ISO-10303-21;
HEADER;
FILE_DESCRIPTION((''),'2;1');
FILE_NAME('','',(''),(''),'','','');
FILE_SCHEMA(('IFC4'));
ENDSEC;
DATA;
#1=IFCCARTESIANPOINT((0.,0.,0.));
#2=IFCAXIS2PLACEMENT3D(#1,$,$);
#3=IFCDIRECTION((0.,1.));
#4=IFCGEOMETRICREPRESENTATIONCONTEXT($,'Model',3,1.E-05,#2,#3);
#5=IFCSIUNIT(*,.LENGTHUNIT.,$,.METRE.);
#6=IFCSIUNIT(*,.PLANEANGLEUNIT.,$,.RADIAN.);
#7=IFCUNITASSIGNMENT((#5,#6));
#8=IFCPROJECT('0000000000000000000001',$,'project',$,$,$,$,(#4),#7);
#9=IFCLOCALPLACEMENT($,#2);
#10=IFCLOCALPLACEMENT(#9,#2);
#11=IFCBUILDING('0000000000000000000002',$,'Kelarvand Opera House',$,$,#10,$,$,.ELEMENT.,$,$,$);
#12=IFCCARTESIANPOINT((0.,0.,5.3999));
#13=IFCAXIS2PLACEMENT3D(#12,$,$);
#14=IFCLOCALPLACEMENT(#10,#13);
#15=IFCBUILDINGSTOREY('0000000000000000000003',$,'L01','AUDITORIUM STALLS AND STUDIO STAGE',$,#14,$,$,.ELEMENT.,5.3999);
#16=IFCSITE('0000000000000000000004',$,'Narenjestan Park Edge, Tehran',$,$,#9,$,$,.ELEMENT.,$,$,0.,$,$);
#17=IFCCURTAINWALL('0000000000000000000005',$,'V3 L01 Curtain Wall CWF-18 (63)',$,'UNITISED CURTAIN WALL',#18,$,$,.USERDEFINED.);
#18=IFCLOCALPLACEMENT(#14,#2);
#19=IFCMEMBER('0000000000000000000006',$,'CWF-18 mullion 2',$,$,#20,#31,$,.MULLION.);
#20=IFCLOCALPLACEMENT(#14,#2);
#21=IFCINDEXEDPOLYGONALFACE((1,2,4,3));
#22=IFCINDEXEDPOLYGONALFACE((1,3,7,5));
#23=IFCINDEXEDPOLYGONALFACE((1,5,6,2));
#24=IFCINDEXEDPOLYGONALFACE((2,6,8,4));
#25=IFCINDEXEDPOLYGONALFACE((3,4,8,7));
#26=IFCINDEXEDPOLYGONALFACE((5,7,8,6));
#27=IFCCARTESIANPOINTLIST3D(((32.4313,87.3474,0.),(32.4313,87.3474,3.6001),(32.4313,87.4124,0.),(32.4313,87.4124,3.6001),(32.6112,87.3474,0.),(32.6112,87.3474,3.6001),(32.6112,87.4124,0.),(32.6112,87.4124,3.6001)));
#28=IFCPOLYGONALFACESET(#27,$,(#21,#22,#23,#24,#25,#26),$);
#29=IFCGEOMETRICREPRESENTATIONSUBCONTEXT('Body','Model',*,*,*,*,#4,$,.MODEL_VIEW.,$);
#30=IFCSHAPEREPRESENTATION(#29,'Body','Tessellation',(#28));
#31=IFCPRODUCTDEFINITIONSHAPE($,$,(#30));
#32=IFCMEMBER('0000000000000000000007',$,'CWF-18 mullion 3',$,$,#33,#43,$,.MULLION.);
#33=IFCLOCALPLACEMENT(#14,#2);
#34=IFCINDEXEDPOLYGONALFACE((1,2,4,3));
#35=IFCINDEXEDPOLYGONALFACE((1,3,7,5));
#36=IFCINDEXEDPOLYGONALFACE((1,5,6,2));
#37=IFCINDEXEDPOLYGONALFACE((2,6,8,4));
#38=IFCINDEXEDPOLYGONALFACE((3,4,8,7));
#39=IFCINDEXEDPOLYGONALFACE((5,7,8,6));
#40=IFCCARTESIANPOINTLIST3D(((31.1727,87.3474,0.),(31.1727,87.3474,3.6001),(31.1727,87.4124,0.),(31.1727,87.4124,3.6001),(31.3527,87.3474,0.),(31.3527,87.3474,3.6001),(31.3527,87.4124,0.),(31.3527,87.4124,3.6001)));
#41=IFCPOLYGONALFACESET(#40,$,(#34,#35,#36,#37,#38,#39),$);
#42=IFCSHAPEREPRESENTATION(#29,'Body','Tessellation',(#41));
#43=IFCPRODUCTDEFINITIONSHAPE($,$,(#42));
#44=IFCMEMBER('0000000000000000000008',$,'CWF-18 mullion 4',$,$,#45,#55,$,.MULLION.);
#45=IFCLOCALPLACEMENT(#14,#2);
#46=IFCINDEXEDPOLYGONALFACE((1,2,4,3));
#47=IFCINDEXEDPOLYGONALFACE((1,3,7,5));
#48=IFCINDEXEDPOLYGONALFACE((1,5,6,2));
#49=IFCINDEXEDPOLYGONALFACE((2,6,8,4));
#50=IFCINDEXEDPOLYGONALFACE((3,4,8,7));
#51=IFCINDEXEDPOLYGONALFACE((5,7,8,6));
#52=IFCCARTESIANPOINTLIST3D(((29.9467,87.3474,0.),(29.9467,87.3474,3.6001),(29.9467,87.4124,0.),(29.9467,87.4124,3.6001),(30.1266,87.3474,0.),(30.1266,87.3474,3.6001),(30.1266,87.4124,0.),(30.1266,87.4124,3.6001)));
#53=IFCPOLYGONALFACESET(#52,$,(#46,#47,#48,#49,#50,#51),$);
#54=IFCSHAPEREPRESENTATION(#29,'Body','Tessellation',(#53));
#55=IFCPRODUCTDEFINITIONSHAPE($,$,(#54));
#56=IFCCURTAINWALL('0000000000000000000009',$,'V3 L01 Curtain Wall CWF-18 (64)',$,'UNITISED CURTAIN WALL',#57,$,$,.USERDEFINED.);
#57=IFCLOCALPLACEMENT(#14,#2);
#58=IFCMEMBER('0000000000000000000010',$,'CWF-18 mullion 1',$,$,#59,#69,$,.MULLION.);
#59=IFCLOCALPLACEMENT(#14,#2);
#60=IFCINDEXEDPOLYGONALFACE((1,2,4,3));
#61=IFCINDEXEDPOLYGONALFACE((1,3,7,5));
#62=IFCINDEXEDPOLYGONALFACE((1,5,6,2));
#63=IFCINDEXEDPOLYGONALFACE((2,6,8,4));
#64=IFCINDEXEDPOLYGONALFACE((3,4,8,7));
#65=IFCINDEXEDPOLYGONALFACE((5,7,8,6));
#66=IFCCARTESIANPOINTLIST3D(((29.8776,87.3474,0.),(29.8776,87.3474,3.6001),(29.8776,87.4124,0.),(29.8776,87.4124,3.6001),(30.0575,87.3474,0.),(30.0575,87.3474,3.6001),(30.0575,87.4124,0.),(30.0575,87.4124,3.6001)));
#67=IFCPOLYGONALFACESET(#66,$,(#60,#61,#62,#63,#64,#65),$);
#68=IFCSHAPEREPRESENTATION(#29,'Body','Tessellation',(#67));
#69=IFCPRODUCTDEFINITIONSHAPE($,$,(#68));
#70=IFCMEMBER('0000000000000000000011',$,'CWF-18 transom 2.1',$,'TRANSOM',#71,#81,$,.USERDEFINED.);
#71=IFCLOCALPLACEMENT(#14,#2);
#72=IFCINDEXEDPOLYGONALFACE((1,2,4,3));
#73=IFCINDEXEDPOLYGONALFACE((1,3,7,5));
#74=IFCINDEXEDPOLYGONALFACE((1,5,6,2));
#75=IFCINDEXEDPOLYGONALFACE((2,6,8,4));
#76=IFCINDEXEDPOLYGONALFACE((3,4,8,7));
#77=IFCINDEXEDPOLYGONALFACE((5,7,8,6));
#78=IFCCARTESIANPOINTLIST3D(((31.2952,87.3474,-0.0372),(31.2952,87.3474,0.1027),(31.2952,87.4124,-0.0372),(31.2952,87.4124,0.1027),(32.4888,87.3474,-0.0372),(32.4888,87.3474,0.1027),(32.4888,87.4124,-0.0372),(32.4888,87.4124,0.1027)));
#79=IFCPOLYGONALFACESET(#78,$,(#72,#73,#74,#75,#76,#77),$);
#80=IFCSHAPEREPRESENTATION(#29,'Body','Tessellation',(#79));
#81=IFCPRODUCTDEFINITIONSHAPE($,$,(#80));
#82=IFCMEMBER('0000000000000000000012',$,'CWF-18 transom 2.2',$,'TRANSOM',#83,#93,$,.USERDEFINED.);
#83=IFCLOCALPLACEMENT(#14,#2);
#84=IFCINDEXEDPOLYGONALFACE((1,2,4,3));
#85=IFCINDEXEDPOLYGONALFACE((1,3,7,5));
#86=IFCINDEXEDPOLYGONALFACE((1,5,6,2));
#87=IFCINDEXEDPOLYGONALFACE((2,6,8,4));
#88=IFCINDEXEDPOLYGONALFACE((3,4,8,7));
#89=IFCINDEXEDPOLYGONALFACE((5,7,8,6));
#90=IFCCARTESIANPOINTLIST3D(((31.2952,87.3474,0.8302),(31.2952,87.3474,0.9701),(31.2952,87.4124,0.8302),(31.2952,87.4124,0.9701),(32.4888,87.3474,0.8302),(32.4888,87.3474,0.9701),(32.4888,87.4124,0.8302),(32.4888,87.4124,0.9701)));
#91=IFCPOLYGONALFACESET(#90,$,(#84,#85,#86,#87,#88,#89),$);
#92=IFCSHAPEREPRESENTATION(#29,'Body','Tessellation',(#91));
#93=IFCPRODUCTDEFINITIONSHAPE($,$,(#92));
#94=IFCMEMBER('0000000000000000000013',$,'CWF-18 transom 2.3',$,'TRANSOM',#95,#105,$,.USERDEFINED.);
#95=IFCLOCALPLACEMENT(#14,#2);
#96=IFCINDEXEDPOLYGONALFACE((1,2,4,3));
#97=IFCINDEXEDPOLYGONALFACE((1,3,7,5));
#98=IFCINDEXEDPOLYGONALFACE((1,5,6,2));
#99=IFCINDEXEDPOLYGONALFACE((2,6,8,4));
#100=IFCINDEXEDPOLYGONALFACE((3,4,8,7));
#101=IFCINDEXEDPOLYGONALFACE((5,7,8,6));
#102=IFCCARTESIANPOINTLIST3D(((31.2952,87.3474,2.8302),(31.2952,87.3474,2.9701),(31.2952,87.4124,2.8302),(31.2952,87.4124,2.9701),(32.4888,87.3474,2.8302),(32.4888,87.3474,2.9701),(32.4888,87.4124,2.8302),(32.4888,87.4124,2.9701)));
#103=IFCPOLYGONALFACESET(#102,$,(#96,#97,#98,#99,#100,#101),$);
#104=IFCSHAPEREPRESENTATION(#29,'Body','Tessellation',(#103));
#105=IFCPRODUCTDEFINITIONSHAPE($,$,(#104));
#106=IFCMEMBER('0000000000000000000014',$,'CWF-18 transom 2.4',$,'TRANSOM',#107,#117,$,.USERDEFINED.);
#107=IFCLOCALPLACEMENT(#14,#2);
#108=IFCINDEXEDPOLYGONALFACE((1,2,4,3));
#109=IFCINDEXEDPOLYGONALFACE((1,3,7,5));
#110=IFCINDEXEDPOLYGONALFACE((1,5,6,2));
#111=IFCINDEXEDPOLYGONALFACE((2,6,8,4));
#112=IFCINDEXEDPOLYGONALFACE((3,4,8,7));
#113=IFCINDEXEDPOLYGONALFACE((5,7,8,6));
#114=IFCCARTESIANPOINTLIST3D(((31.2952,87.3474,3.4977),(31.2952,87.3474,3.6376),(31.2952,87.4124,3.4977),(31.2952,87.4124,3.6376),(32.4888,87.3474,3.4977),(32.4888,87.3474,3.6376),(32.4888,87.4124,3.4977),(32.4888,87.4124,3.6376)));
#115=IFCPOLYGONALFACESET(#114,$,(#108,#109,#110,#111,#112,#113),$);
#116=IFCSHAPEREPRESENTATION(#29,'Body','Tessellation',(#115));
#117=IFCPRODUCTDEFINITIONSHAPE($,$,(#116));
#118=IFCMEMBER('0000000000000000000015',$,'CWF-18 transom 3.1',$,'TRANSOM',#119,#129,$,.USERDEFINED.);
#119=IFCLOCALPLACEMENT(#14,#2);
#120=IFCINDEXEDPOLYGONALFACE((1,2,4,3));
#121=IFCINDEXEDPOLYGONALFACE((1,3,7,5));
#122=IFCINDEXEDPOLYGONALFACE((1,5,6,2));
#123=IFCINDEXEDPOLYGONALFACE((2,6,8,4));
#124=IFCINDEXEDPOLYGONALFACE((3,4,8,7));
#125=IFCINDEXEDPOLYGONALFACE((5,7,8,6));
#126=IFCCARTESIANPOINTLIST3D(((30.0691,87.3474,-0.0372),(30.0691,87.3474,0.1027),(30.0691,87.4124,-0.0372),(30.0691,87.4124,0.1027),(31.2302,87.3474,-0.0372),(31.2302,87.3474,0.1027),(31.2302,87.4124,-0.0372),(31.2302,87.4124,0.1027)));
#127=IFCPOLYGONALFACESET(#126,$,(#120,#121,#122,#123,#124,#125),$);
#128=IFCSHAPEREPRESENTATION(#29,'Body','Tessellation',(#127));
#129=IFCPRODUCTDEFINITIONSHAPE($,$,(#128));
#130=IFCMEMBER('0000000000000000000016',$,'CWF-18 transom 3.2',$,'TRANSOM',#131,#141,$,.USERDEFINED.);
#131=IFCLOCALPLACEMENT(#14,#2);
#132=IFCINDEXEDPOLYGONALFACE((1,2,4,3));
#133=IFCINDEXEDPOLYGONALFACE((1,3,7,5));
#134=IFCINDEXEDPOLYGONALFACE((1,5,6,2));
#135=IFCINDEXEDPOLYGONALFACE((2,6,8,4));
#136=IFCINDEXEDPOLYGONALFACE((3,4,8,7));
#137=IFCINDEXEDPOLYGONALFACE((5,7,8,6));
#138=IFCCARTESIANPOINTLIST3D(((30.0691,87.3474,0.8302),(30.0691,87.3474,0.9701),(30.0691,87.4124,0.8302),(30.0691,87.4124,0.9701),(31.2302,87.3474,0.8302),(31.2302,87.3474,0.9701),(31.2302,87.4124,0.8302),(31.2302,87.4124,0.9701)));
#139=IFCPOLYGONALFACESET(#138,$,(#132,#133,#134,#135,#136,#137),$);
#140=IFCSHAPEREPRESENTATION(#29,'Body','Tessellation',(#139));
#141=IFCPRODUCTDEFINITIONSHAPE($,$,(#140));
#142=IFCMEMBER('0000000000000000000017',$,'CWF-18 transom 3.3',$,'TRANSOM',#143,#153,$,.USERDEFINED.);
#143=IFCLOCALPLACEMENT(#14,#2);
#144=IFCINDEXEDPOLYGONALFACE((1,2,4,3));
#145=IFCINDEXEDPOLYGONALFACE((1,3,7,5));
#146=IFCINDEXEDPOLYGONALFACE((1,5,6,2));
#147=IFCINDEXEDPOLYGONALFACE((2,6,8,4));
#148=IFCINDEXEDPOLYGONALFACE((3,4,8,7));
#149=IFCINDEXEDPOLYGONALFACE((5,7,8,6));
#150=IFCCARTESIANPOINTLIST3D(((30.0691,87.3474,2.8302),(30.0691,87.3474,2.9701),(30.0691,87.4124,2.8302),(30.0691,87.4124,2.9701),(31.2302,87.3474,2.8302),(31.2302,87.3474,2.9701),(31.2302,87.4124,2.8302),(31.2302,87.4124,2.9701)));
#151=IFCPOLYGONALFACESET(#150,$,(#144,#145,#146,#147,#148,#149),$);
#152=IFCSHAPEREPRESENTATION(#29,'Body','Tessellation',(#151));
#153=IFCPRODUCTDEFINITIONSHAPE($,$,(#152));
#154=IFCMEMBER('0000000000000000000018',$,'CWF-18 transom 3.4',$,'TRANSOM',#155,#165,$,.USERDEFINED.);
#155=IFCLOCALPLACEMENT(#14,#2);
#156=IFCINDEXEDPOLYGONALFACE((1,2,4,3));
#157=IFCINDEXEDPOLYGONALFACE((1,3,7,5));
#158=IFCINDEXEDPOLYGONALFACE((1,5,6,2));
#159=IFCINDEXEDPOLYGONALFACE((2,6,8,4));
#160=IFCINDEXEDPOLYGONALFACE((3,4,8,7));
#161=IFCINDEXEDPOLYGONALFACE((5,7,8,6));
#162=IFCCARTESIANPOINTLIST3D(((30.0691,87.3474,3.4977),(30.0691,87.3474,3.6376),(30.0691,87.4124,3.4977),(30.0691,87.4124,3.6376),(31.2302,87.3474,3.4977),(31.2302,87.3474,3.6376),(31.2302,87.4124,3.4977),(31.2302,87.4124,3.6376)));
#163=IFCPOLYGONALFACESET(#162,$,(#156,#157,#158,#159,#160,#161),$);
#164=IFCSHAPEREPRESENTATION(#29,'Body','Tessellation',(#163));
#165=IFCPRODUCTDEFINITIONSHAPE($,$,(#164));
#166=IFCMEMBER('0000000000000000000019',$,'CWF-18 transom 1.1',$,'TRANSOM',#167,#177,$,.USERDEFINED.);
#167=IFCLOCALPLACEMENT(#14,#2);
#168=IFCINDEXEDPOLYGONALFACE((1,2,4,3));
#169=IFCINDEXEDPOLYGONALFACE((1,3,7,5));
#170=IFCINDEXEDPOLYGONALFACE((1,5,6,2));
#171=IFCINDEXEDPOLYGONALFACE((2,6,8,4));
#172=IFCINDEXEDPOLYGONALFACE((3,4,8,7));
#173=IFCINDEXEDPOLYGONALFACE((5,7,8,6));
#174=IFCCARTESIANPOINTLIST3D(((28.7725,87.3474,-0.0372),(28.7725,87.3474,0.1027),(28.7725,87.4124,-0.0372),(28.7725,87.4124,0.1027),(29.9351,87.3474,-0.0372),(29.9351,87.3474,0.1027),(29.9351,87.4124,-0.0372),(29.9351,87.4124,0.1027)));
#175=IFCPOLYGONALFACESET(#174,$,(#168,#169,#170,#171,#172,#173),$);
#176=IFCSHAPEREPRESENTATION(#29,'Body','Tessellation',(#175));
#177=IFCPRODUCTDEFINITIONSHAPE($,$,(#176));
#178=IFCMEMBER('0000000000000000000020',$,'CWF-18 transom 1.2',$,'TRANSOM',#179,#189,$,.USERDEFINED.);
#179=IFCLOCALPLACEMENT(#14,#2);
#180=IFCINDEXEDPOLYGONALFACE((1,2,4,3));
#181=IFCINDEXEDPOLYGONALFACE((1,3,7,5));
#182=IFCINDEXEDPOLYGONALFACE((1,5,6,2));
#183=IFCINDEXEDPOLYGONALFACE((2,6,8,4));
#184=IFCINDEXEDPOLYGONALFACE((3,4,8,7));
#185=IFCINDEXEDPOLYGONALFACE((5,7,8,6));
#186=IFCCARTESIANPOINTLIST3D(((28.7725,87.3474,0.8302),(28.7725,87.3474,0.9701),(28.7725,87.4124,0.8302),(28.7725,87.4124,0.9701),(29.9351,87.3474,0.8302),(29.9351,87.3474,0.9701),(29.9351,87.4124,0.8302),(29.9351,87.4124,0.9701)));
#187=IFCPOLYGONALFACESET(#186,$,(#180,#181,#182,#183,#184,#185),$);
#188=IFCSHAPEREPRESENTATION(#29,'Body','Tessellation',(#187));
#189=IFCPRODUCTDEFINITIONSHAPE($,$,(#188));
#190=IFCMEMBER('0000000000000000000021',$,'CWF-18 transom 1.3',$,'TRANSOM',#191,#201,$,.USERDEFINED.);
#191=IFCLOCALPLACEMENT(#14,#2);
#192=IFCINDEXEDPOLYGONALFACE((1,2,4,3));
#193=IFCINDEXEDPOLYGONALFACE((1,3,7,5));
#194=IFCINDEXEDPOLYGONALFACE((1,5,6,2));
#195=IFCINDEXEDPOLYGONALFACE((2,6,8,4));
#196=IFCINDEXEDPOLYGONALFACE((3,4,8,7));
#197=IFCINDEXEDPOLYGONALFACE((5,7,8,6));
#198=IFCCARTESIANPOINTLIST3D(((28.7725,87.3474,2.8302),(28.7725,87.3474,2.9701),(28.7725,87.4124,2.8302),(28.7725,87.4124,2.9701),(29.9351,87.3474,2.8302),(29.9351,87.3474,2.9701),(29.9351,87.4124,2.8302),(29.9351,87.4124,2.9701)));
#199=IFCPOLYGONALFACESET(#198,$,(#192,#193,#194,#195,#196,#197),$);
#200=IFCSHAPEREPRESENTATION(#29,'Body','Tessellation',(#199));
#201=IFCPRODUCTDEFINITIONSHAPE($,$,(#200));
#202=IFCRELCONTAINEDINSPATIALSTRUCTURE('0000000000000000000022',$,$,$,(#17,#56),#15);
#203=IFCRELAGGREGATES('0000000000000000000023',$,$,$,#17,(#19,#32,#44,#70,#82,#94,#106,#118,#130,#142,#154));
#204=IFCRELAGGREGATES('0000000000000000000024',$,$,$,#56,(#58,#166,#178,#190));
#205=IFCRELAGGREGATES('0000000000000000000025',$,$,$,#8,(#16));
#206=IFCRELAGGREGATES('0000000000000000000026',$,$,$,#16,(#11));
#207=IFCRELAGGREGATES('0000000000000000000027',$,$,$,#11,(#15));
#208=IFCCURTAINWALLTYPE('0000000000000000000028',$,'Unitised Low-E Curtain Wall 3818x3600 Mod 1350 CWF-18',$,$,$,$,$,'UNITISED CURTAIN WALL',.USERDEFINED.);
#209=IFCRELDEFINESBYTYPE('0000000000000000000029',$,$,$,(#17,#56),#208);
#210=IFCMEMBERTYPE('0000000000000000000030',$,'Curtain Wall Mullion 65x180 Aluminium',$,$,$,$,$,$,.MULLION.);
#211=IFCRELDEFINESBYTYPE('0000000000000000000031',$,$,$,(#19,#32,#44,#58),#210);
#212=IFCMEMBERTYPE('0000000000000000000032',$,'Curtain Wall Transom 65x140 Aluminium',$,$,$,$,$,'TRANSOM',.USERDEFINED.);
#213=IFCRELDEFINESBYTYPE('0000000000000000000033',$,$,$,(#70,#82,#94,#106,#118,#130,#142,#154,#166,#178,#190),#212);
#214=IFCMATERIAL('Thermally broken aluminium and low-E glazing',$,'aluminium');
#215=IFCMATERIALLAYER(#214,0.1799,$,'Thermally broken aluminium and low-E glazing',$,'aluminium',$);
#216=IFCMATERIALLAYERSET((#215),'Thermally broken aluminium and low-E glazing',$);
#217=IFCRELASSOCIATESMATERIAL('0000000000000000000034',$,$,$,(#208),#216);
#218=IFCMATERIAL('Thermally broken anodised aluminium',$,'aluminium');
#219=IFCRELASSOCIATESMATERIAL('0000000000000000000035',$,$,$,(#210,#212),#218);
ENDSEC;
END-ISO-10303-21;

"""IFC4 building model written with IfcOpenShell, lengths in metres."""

from ifc_helpers import new_model, si_unit, direction, frame, origin, origin_2d, place, context, subcontext, project, spatial, rectangle, extrude, material, layer, layer_set, material_profile, profile_set, type_object, element, aggregate, save


model = new_model("IFC4")

# Units and contexts
model_context = context("Model", 3, precision=1e-05, world=origin(), true_north=direction((0.0, 1.0)))
body_context = subcontext(model_context, "Body", "Model", "MODEL_VIEW")
ifc_project = project(units=[si_unit("LENGTHUNIT", "METRE"), si_unit("PLANEANGLEUNIT", "RADIAN")], contexts=[model_context])

# Site, building, storey
site_placement = place(None, origin())
site = spatial("IfcSite", under=ifc_project, at=site_placement, Name="Narenjestan Park Edge, Tehran", CompositionType="ELEMENT", RefElevation=0.0)
building_placement = place(site_placement, origin())
building = spatial("IfcBuilding", under=site, at=building_placement, Name="Kelarvand Opera House", CompositionType="ELEMENT")
storey_placement = place(building_placement, frame((0.0, 0.0, 5.3999)))
storey = spatial("IfcBuildingStorey", under=building, at=storey_placement, Name="L01", Description="AUDITORIUM STALLS AND STUDIO STAGE", CompositionType="ELEMENT", Elevation=5.3999)

# Curtain wall, members
ifc_material_1 = material(Name="Thermally broken aluminium and low-E glazing", Category="aluminium")
ifc_layer_1 = layer(ifc_material_1, 0.1799, Name="Thermally broken aluminium and low-E glazing", Category="aluminium")
ifc_layer_set_1 = layer_set([ifc_layer_1], Name="Thermally broken aluminium and low-E glazing")
curtain_wall_type = type_object("IfcCurtainWallType", Name="Unitised Low-E Curtain Wall 3818x3600 Mod 1350 CWF-18", ElementType="UNITISED CURTAIN WALL", PredefinedType="USERDEFINED", material=ifc_layer_set_1)
curtain_wall_1_placement = place(storey_placement, origin())
curtain_wall_1 = element("IfcCurtainWall", 1, at=curtain_wall_1_placement, inside=storey, type_object=curtain_wall_type, Name="V3 L01 Curtain Wall CWF-18 (63)", ObjectType="UNITISED CURTAIN WALL", PredefinedType="USERDEFINED")
ifc_material_2 = material(Name="Thermally broken anodised aluminium", Category="aluminium")
ifc_material_profile_1 = material_profile(ifc_material_2, rectangle(XDim=0.0649, YDim=0.1799, at=origin_2d()), Name="ALU MULLION 65x180", Category="aluminium")
ifc_profile_set_1 = profile_set([ifc_material_profile_1], Name="Thermally broken anodised aluminium")
member_type_1 = type_object("IfcMemberType", Name="Curtain Wall Mullion 65x180 Aluminium", PredefinedType="MULLION", material=ifc_profile_set_1)
member_1_placement = place(storey_placement, frame((32.5212, 87.3799, 0.0), z_axis=(0.0, 0.0, 1.0), x_axis=(0.0, -1.0, 0.0)))
member_1 = element("IfcMember", 2, at=member_1_placement, type_object=member_type_1, Name="CWF-18 mullion 2", PredefinedType="MULLION", context=body_context, shape_type="SweptSolid", body=[
    extrude(rectangle(XDim=0.0649, YDim=0.1799, at=origin_2d()), origin(), (0.0, 0.0, 1.0), 3.6001),
])
member_2_placement = place(storey_placement, frame((31.2627, 87.3799, 0.0), z_axis=(0.0, 0.0, 1.0), x_axis=(0.0, -1.0, 0.0)))
member_2 = element("IfcMember", 3, at=member_2_placement, type_object=member_type_1, Name="CWF-18 mullion 3", PredefinedType="MULLION", context=body_context, shape_type="SweptSolid", body=[
    extrude(rectangle(XDim=0.0649, YDim=0.1799, at=origin_2d()), origin(), (0.0, 0.0, 1.0), 3.6001),
])
member_3_placement = place(storey_placement, frame((30.0366, 87.3799, 0.0), z_axis=(0.0, 0.0, 1.0), x_axis=(0.0, -1.0, 0.0)))
member_3 = element("IfcMember", 4, at=member_3_placement, type_object=member_type_1, Name="CWF-18 mullion 4", PredefinedType="MULLION", context=body_context, shape_type="SweptSolid", body=[
    extrude(rectangle(XDim=0.0649, YDim=0.1799, at=origin_2d()), origin(), (0.0, 0.0, 1.0), 3.6001),
])

# Curtain wall, member
curtain_wall_2_placement = place(storey_placement, origin())
curtain_wall_2 = element("IfcCurtainWall", 5, at=curtain_wall_2_placement, inside=storey, type_object=curtain_wall_type, Name="V3 L01 Curtain Wall CWF-18 (64)", ObjectType="UNITISED CURTAIN WALL", PredefinedType="USERDEFINED")
member_4_placement = place(storey_placement, frame((29.9675, 87.3799, 0.0), z_axis=(0.0, 0.0, 1.0), x_axis=(0.0, -1.0, 0.0)))
member_4 = element("IfcMember", 6, at=member_4_placement, type_object=member_type_1, Name="CWF-18 mullion 1", PredefinedType="MULLION", context=body_context, shape_type="SweptSolid", body=[
    extrude(rectangle(XDim=0.0649, YDim=0.1799, at=origin_2d()), origin(), (0.0, 0.0, 1.0), 3.6001),
])

# Members
ifc_material_profile_2 = material_profile(ifc_material_2, rectangle(XDim=0.0649, YDim=0.1399, at=origin_2d()), Name="ALU TRANSOM 65x140", Category="aluminium")
ifc_profile_set_2 = profile_set([ifc_material_profile_2], Name="Thermally broken anodised aluminium")
member_type_2 = type_object("IfcMemberType", Name="Curtain Wall Transom 65x140 Aluminium", ElementType="TRANSOM", PredefinedType="USERDEFINED", material=ifc_profile_set_2)
member_5_placement = place(storey_placement, frame((32.4888, 87.3799, 0.0327), z_axis=(-1.0, 0.0, 0.0), x_axis=(0.0, -1.0, 0.0)))
member_5 = element("IfcMember", 7, at=member_5_placement, type_object=member_type_2, Name="CWF-18 transom 2.1", ObjectType="TRANSOM", PredefinedType="USERDEFINED", context=body_context, shape_type="SweptSolid", body=[
    extrude(rectangle(XDim=0.0649, YDim=0.1399, at=origin_2d()), origin(), (0.0, 0.0, 1.0), 1.1936),
])
member_6_placement = place(storey_placement, frame((32.4888, 87.3799, 0.9001), z_axis=(-1.0, 0.0, 0.0), x_axis=(0.0, -1.0, 0.0)))
member_6 = element("IfcMember", 8, at=member_6_placement, type_object=member_type_2, Name="CWF-18 transom 2.2", ObjectType="TRANSOM", PredefinedType="USERDEFINED", context=body_context, shape_type="SweptSolid", body=[
    extrude(rectangle(XDim=0.0649, YDim=0.1399, at=origin_2d()), origin(), (0.0, 0.0, 1.0), 1.1936),
])
member_7_placement = place(storey_placement, frame((32.4888, 87.3799, 2.9001), z_axis=(-1.0, 0.0, 0.0), x_axis=(0.0, -1.0, 0.0)))
member_7 = element("IfcMember", 9, at=member_7_placement, type_object=member_type_2, Name="CWF-18 transom 2.3", ObjectType="TRANSOM", PredefinedType="USERDEFINED", context=body_context, shape_type="SweptSolid", body=[
    extrude(rectangle(XDim=0.0649, YDim=0.1399, at=origin_2d()), origin(), (0.0, 0.0, 1.0), 1.1936),
])
member_8_placement = place(storey_placement, frame((32.4888, 87.3799, 3.5676), z_axis=(-1.0, 0.0, 0.0), x_axis=(0.0, -1.0, 0.0)))
member_8 = element("IfcMember", 10, at=member_8_placement, type_object=member_type_2, Name="CWF-18 transom 2.4", ObjectType="TRANSOM", PredefinedType="USERDEFINED", context=body_context, shape_type="SweptSolid", body=[
    extrude(rectangle(XDim=0.0649, YDim=0.1399, at=origin_2d()), origin(), (0.0, 0.0, 1.0), 1.1936),
])
member_9_placement = place(storey_placement, frame((31.2302, 87.3799, 0.0327), z_axis=(-1.0, 0.0, 0.0), x_axis=(0.0, -1.0, 0.0)))
member_9 = element("IfcMember", 11, at=member_9_placement, type_object=member_type_2, Name="CWF-18 transom 3.1", ObjectType="TRANSOM", PredefinedType="USERDEFINED", context=body_context, shape_type="SweptSolid", body=[
    extrude(rectangle(XDim=0.0649, YDim=0.1399, at=origin_2d()), origin(), (0.0, 0.0, 1.0), 1.1611),
])
member_10_placement = place(storey_placement, frame((31.2302, 87.3799, 0.9001), z_axis=(-1.0, 0.0, 0.0), x_axis=(0.0, -1.0, 0.0)))
member_10 = element("IfcMember", 12, at=member_10_placement, type_object=member_type_2, Name="CWF-18 transom 3.2", ObjectType="TRANSOM", PredefinedType="USERDEFINED", context=body_context, shape_type="SweptSolid", body=[
    extrude(rectangle(XDim=0.0649, YDim=0.1399, at=origin_2d()), origin(), (0.0, 0.0, 1.0), 1.1611),
])
member_11_placement = place(storey_placement, frame((31.2302, 87.3799, 2.9001), z_axis=(-1.0, 0.0, 0.0), x_axis=(0.0, -1.0, 0.0)))
member_11 = element("IfcMember", 13, at=member_11_placement, type_object=member_type_2, Name="CWF-18 transom 3.3", ObjectType="TRANSOM", PredefinedType="USERDEFINED", context=body_context, shape_type="SweptSolid", body=[
    extrude(rectangle(XDim=0.0649, YDim=0.1399, at=origin_2d()), origin(), (0.0, 0.0, 1.0), 1.1611),
])
member_12_placement = place(storey_placement, frame((31.2302, 87.3799, 3.5676), z_axis=(-1.0, 0.0, 0.0), x_axis=(0.0, -1.0, 0.0)))
member_12 = element("IfcMember", 14, at=member_12_placement, type_object=member_type_2, Name="CWF-18 transom 3.4", ObjectType="TRANSOM", PredefinedType="USERDEFINED", context=body_context, shape_type="SweptSolid", body=[
    extrude(rectangle(XDim=0.0649, YDim=0.1399, at=origin_2d()), origin(), (0.0, 0.0, 1.0), 1.1611),
])
member_13_placement = place(storey_placement, frame((29.9351, 87.3799, 0.0327), z_axis=(-1.0, 0.0, 0.0), x_axis=(0.0, -1.0, 0.0)))
member_13 = element("IfcMember", 15, at=member_13_placement, type_object=member_type_2, Name="CWF-18 transom 1.1", ObjectType="TRANSOM", PredefinedType="USERDEFINED", context=body_context, shape_type="SweptSolid", body=[
    extrude(rectangle(XDim=0.0649, YDim=0.1399, at=origin_2d()), origin(), (0.0, 0.0, 1.0), 1.1626),
])
member_14_placement = place(storey_placement, frame((29.9351, 87.3799, 0.9001), z_axis=(-1.0, 0.0, 0.0), x_axis=(0.0, -1.0, 0.0)))
member_14 = element("IfcMember", 16, at=member_14_placement, type_object=member_type_2, Name="CWF-18 transom 1.2", ObjectType="TRANSOM", PredefinedType="USERDEFINED", context=body_context, shape_type="SweptSolid", body=[
    extrude(rectangle(XDim=0.0649, YDim=0.1399, at=origin_2d()), origin(), (0.0, 0.0, 1.0), 1.1626),
])
member_15_placement = place(storey_placement, frame((29.9351, 87.3799, 2.9001), z_axis=(-1.0, 0.0, 0.0), x_axis=(0.0, -1.0, 0.0)))
member_15 = element("IfcMember", 17, at=member_15_placement, type_object=member_type_2, Name="CWF-18 transom 1.3", ObjectType="TRANSOM", PredefinedType="USERDEFINED", context=body_context, shape_type="SweptSolid", body=[
    extrude(rectangle(XDim=0.0649, YDim=0.1399, at=origin_2d()), origin(), (0.0, 0.0, 1.0), 1.1626),
])

aggregate(curtain_wall_1, [member_1, member_2, member_3, member_5, member_6, member_7, member_8, member_9, member_10, member_11, member_12])
aggregate(curtain_wall_2, [member_4, member_13, member_14, member_15])

save(model, "model.ifc")
